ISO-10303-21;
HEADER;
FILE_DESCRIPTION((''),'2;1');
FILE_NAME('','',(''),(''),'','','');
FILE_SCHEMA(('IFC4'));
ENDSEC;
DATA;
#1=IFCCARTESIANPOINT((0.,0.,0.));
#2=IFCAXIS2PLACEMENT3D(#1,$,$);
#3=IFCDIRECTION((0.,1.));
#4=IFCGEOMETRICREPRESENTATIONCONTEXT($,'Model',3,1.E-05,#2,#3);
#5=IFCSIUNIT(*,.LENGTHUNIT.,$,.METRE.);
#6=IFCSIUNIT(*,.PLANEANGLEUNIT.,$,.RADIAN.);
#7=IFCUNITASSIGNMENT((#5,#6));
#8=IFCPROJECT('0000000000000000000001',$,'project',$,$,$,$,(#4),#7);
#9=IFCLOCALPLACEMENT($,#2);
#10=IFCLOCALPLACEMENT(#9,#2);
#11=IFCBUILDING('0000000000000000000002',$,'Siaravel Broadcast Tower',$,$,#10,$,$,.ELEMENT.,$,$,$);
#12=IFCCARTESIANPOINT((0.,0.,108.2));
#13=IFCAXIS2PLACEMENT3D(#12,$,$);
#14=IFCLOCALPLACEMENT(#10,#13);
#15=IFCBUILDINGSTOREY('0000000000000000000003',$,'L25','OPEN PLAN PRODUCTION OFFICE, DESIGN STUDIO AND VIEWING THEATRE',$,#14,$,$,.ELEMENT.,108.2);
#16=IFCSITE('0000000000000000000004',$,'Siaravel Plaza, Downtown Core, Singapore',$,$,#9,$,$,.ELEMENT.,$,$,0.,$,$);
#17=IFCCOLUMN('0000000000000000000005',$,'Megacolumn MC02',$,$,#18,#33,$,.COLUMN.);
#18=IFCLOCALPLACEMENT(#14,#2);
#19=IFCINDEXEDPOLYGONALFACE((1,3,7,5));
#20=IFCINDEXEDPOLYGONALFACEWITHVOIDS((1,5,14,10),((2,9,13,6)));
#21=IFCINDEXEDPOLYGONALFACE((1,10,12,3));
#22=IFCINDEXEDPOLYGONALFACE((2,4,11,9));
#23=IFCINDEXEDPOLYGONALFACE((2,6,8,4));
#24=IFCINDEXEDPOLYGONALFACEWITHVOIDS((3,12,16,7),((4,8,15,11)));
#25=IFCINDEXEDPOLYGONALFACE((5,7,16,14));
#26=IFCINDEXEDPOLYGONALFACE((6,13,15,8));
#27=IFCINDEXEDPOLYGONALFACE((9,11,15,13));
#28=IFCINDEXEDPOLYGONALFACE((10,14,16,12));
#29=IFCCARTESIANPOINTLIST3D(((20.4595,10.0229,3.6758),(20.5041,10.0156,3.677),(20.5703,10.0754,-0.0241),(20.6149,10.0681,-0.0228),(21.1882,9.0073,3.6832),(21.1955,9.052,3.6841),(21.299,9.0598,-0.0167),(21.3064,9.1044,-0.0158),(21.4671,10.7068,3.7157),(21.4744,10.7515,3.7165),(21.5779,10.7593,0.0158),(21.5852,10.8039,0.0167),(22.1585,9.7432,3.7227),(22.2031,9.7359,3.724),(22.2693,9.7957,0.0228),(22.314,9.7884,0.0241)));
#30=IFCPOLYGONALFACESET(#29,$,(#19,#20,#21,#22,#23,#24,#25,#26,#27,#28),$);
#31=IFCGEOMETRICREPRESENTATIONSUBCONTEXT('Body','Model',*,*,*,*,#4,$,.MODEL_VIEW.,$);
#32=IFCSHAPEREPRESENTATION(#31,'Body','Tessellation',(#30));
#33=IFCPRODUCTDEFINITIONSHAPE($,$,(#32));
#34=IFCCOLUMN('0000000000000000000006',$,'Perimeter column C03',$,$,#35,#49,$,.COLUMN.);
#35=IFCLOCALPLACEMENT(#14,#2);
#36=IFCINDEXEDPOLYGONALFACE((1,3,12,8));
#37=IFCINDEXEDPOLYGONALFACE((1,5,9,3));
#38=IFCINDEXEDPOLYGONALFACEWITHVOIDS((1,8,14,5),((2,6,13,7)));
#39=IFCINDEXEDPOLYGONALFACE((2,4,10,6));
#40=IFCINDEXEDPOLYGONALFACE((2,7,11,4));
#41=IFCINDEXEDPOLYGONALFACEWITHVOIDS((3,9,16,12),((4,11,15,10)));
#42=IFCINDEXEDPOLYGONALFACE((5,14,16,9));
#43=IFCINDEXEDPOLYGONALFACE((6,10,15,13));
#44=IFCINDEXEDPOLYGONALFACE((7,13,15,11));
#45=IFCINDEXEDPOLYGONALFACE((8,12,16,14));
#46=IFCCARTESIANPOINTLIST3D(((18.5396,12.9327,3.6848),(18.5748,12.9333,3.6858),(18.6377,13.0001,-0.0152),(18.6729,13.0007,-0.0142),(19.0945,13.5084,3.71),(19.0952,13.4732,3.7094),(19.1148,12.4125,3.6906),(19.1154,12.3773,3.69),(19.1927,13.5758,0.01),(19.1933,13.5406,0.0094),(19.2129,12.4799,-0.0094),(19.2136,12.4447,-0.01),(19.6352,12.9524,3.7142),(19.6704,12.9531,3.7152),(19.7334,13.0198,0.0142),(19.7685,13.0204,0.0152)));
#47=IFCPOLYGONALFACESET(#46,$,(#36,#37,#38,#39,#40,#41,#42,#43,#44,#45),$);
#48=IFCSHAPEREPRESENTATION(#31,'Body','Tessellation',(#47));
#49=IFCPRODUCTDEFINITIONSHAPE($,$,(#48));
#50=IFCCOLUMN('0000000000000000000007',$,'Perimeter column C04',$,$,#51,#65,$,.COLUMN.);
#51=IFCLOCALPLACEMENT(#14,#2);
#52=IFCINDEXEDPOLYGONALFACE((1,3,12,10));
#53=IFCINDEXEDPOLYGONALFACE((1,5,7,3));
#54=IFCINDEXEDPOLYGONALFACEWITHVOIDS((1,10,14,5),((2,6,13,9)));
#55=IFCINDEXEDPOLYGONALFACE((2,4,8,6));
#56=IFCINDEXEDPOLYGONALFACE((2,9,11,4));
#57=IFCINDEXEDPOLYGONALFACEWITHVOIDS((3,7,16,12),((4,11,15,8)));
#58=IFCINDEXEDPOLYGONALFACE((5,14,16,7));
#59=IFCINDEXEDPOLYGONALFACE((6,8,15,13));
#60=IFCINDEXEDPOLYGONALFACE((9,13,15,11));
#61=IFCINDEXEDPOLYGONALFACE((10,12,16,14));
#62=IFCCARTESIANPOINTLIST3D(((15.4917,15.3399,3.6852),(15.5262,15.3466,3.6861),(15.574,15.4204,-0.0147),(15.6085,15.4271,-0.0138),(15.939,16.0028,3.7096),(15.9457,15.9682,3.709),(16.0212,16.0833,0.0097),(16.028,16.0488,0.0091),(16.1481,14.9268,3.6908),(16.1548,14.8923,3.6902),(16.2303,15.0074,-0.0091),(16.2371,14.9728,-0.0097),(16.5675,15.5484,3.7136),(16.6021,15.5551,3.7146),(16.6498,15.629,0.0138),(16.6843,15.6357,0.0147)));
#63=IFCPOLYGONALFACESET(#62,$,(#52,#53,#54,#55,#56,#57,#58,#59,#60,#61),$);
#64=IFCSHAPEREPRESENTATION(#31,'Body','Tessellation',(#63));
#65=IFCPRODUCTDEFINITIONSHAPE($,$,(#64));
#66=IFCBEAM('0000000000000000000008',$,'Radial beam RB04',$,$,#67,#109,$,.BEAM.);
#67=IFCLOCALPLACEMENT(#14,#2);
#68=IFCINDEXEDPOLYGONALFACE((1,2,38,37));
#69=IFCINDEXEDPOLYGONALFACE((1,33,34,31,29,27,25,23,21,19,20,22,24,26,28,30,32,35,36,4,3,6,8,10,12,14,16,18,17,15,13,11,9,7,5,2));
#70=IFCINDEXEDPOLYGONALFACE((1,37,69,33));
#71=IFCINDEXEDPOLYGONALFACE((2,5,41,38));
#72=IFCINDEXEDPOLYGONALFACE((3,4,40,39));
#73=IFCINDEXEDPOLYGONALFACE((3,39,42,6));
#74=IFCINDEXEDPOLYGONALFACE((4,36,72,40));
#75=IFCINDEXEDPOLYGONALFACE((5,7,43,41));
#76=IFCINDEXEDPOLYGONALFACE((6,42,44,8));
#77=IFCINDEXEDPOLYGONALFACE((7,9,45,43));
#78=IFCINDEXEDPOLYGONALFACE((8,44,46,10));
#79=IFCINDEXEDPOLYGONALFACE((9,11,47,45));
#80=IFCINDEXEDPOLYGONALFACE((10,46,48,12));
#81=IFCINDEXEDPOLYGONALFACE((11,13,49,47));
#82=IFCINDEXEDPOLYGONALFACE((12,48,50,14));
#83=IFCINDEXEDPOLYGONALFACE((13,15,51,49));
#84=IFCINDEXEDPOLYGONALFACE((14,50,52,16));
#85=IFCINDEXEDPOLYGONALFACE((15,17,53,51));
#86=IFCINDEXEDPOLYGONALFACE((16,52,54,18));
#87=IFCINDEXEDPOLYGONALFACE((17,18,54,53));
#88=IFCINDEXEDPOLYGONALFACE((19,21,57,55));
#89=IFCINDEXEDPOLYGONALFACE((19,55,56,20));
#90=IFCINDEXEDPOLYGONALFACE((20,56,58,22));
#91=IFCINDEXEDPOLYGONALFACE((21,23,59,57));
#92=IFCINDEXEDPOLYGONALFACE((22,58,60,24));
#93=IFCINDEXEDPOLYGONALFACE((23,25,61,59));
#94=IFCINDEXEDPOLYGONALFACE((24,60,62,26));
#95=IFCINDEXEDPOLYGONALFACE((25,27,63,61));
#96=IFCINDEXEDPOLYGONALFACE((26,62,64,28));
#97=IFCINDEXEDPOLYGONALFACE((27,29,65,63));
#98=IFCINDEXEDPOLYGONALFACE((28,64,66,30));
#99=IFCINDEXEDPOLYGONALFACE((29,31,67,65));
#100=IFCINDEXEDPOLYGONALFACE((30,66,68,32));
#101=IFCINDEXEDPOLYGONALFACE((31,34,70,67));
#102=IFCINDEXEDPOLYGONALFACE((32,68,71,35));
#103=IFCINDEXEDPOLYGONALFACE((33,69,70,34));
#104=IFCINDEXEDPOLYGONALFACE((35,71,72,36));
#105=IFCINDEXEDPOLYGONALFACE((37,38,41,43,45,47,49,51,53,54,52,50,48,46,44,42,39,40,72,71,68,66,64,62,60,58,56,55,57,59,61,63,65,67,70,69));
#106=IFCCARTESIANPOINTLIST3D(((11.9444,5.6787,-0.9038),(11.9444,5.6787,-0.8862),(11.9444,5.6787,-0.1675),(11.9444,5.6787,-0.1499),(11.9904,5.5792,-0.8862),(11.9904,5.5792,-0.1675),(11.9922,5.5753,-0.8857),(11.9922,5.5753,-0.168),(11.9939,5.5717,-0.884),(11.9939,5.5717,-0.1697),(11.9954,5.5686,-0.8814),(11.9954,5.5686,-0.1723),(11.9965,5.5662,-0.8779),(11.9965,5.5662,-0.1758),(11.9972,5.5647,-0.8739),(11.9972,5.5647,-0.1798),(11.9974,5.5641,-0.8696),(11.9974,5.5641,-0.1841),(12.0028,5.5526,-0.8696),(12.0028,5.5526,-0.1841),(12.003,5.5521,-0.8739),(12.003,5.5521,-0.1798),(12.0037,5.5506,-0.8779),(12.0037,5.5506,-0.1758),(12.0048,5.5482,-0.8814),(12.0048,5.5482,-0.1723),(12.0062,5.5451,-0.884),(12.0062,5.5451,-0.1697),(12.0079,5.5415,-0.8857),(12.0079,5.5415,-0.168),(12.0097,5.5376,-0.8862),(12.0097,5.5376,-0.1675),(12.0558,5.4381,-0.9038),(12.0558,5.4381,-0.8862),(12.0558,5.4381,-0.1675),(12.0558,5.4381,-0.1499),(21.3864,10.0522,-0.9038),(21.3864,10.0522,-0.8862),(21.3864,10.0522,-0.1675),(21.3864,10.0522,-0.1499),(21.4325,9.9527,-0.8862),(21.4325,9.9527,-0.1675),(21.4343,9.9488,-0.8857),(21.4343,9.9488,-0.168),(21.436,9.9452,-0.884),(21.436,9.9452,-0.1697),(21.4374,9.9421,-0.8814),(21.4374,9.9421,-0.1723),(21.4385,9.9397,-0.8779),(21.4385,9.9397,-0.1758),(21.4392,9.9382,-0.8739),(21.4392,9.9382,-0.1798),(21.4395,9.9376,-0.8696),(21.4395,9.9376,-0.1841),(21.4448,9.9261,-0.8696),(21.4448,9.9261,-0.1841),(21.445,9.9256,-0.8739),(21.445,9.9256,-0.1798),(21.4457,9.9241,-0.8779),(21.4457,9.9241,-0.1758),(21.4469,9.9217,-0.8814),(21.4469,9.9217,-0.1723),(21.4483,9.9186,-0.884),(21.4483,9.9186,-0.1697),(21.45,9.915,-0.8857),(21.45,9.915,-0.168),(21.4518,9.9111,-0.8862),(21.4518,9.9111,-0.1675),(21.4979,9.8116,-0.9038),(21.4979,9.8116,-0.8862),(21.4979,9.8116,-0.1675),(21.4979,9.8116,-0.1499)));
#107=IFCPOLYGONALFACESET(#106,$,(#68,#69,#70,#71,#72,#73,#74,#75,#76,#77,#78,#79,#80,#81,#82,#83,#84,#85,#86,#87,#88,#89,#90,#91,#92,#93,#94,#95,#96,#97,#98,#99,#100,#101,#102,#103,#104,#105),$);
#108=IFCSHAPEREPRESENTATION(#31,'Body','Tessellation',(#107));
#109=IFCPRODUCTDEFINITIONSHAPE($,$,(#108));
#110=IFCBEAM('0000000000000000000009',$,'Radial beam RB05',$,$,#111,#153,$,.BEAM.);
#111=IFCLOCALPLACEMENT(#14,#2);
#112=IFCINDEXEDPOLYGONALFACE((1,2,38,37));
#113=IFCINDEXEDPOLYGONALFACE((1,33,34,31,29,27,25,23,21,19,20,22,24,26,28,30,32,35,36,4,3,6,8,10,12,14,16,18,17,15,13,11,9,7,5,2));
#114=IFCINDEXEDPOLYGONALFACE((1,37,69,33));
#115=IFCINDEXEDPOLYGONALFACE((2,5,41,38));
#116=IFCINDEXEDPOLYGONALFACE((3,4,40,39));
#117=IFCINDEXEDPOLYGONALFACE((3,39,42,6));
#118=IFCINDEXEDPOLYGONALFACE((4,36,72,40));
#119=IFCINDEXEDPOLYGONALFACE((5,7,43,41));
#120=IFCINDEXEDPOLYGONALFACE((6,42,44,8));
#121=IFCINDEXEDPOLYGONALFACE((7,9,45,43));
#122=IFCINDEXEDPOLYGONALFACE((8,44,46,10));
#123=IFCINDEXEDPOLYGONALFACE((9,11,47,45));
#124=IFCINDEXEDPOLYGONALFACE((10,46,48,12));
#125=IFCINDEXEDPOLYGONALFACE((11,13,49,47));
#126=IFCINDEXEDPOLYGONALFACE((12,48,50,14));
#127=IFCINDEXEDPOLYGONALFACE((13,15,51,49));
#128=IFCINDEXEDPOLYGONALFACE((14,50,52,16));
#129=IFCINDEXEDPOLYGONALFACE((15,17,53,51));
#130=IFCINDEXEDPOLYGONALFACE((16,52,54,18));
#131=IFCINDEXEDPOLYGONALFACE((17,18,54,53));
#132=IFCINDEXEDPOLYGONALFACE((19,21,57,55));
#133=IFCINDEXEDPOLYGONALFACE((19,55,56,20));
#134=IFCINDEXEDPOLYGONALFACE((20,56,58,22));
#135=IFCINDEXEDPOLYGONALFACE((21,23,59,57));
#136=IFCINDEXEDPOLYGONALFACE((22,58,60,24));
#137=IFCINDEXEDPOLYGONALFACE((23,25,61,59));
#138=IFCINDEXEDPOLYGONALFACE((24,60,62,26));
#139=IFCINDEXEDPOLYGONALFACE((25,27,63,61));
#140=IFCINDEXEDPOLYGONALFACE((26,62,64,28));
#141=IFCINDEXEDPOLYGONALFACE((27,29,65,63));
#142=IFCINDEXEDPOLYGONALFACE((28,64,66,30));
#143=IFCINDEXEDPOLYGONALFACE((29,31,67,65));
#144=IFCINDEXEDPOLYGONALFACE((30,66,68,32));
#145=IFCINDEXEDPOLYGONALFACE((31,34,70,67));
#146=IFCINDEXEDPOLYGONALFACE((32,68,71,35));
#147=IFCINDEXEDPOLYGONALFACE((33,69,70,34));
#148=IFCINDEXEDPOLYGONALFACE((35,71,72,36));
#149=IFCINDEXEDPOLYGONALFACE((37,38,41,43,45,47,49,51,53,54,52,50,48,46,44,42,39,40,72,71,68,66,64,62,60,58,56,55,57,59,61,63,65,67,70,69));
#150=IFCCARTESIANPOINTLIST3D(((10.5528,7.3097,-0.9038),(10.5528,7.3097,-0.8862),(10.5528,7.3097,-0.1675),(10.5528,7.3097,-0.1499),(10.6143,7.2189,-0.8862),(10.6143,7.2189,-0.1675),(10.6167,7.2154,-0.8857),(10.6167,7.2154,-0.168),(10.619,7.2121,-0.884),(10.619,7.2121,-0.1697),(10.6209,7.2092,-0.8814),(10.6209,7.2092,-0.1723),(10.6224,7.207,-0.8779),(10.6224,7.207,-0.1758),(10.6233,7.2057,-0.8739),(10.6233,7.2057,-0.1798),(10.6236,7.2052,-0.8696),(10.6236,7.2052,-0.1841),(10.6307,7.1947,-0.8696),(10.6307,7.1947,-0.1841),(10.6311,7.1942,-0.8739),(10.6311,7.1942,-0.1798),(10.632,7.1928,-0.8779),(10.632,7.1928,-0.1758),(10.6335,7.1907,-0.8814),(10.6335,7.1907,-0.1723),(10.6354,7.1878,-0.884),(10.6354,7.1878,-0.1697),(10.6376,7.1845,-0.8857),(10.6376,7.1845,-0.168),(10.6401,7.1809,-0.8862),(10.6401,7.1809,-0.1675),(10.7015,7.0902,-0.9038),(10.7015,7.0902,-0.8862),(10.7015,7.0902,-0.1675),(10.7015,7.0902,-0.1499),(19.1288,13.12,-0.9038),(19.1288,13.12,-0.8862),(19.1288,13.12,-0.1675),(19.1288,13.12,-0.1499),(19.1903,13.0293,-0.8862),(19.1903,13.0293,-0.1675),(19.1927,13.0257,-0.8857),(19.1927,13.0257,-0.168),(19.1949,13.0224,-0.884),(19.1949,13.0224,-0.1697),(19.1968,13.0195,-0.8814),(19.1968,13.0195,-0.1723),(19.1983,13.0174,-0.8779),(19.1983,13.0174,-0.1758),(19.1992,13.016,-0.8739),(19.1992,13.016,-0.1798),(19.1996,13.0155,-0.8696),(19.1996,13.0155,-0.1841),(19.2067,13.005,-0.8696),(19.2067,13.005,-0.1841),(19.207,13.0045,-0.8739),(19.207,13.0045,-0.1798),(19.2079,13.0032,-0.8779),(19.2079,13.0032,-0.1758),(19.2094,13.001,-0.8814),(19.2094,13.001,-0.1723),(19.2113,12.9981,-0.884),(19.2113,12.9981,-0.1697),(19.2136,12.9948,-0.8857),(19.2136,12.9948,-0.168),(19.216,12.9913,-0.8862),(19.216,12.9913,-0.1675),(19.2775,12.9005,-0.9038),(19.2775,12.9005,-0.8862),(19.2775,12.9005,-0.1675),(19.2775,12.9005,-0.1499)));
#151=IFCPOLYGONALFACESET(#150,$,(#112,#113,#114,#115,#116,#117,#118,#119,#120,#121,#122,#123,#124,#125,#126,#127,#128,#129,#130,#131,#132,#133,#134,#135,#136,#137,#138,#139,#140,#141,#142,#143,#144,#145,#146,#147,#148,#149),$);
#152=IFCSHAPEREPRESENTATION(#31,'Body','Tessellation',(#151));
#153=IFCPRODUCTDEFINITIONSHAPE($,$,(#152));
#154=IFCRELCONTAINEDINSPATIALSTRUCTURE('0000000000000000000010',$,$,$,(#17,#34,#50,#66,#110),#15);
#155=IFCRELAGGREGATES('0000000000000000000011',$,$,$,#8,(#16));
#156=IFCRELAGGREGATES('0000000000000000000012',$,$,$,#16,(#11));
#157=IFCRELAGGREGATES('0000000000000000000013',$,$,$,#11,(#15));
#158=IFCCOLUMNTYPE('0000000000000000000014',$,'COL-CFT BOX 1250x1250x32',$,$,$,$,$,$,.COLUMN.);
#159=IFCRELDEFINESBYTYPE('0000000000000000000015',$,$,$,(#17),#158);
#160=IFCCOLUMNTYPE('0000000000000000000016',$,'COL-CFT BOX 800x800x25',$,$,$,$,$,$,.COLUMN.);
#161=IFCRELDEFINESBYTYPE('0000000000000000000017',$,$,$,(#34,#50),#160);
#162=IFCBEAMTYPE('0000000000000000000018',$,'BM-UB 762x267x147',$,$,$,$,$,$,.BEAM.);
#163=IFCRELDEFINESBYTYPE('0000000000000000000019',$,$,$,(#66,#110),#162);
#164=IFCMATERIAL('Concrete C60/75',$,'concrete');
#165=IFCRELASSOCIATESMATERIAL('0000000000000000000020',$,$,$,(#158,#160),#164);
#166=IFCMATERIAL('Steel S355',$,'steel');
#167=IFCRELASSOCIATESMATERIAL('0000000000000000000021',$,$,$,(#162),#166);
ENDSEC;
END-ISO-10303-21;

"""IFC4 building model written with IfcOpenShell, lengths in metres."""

from ifc_helpers import new_model, si_unit, direction, frame, origin, origin_2d, place, context, subcontext, project, spatial, hollow_rectangle, i_section, extrude, material, material_profile, profile_set, type_object, element, save


model = new_model("IFC4")

# Units and contexts
model_context = context("Model", 3, precision=1e-05, world=origin(), true_north=direction((0.0, 1.0)))
body_context = subcontext(model_context, "Body", "Model", "MODEL_VIEW")
ifc_project = project(units=[si_unit("LENGTHUNIT", "METRE"), si_unit("PLANEANGLEUNIT", "RADIAN")], contexts=[model_context])

# Site, building, storey
site_placement = place(None, origin())
site = spatial("IfcSite", under=ifc_project, at=site_placement, Name="Siaravel Plaza, Downtown Core, Singapore", CompositionType="ELEMENT", RefElevation=0.0)
building_placement = place(site_placement, origin())
building = spatial("IfcBuilding", under=site, at=building_placement, Name="Siaravel Broadcast Tower", CompositionType="ELEMENT")
storey_placement = place(building_placement, frame((0.0, 0.0, 108.2)))
storey = spatial("IfcBuildingStorey", under=building, at=storey_placement, Name="L25", Description="OPEN PLAN PRODUCTION OFFICE, DESIGN STUDIO AND VIEWING THEATRE", CompositionType="ELEMENT", Elevation=108.2)

# Columns
ifc_material_1 = material(Name="Concrete C60/75", Category="concrete")
ifc_material_profile_1 = material_profile(ifc_material_1, hollow_rectangle(XDim=1.25, YDim=1.25, WallThickness=0.032, at=origin_2d()))
ifc_profile_set_1 = profile_set([ifc_material_profile_1], Name="Concrete C60/75")
column_type_1 = type_object("IfcColumnType", Name="COL-CFT BOX 1250x1250x32", PredefinedType="COLUMN", material=ifc_profile_set_1)
column_1_placement = place(storey_placement, frame((21.4421, 9.9319, 0.0), z_axis=(-0.029941, -0.014179, 0.999451), x_axis=(0.582967, -0.812474, 0.005938)))
element("IfcColumn", 1, at=column_1_placement, inside=storey, type_object=column_type_1, Name="Megacolumn MC02", PredefinedType="COLUMN", context=body_context, shape_type="SweptSolid", body=[
    extrude(hollow_rectangle(XDim=1.25, YDim=1.25, WallThickness=0.032, at=origin_2d()), origin(), (0.0, 0.0, 1.0), 3.7019),
])
ifc_material_profile_2 = material_profile(ifc_material_1, hollow_rectangle(XDim=0.8, YDim=0.8, WallThickness=0.0249, at=origin_2d()))
ifc_profile_set_2 = profile_set([ifc_material_profile_2], Name="Concrete C60/75")
column_type_2 = type_object("IfcColumnType", Name="COL-CFT BOX 800x800x25", PredefinedType="COLUMN", material=ifc_profile_set_2)
column_2_placement = place(storey_placement, frame((19.2031, 13.0103, 0.0), z_axis=(-0.026512, -0.018202, 0.999483), x_axis=(0.719802, -0.694149, 0.006452)))
element("IfcColumn", 2, at=column_2_placement, inside=storey, type_object=column_type_2, Name="Perimeter column C03", PredefinedType="COLUMN", context=body_context, shape_type="SweptSolid", body=[
    extrude(hollow_rectangle(XDim=0.8, YDim=0.8, WallThickness=0.0249, at=origin_2d()), origin(), (0.0, 0.0, 1.0), 3.7019),
])
column_3_placement = place(storey_placement, frame((16.1292, 15.5281, 0.0), z_axis=(-0.022226, -0.021764, 0.999516), x_axis=(0.828819, -0.559482, 0.006248)))
element("IfcColumn", 3, at=column_3_placement, inside=storey, type_object=column_type_2, Name="Perimeter column C04", PredefinedType="COLUMN", context=body_context, shape_type="SweptSolid", body=[
    extrude(hollow_rectangle(XDim=0.8, YDim=0.8, WallThickness=0.0249, at=origin_2d()), origin(), (0.0, 0.0, 1.0), 3.7017),
])

# Beams
ifc_material_2 = material(Name="Steel S355", Category="steel")
ifc_material_profile_3 = material_profile(ifc_material_2, i_section(OverallWidth=0.2651, OverallDepth=0.7539, WebThickness=0.0127, FlangeThickness=0.0176, FilletRadius=0.0166, at=origin_2d()))
ifc_profile_set_3 = profile_set([ifc_material_profile_3], Name="Steel S355")
beam_type = type_object("IfcBeamType", Name="BM-UB 762x267x147", PredefinedType="BEAM", material=ifc_profile_set_3)
beam_1_placement = place(storey_placement, frame((21.4421, 9.9319, -0.5269), z_axis=(-0.907387, -0.420296, 0.0), x_axis=(0.420296, -0.907387, 0.0)))
element("IfcBeam", 4, at=beam_1_placement, inside=storey, type_object=beam_type, Name="Radial beam RB04", PredefinedType="BEAM", context=body_context, shape_type="SweptSolid", body=[
    extrude(i_section(OverallWidth=0.2651, OverallDepth=0.7539, WebThickness=0.0127, FlangeThickness=0.0176, FilletRadius=0.0166, at=origin_2d()), origin(), (0.0, 0.0, 1.0), 10.4058),
])
beam_2_placement = place(storey_placement, frame((19.2031, 13.0103, -0.5269), z_axis=(-0.827883, -0.560901, 0.0), x_axis=(0.560901, -0.827883, 0.0)))
element("IfcBeam", 5, at=beam_2_placement, inside=storey, type_object=beam_type, Name="Radial beam RB05", PredefinedType="BEAM", context=body_context, shape_type="SweptSolid", body=[
    extrude(i_section(OverallWidth=0.2651, OverallDepth=0.7539, WebThickness=0.0127, FlangeThickness=0.0176, FilletRadius=0.0166, at=origin_2d()), origin(), (0.0, 0.0, 1.0), 10.3589),
])

save(model, "model.ifc")
